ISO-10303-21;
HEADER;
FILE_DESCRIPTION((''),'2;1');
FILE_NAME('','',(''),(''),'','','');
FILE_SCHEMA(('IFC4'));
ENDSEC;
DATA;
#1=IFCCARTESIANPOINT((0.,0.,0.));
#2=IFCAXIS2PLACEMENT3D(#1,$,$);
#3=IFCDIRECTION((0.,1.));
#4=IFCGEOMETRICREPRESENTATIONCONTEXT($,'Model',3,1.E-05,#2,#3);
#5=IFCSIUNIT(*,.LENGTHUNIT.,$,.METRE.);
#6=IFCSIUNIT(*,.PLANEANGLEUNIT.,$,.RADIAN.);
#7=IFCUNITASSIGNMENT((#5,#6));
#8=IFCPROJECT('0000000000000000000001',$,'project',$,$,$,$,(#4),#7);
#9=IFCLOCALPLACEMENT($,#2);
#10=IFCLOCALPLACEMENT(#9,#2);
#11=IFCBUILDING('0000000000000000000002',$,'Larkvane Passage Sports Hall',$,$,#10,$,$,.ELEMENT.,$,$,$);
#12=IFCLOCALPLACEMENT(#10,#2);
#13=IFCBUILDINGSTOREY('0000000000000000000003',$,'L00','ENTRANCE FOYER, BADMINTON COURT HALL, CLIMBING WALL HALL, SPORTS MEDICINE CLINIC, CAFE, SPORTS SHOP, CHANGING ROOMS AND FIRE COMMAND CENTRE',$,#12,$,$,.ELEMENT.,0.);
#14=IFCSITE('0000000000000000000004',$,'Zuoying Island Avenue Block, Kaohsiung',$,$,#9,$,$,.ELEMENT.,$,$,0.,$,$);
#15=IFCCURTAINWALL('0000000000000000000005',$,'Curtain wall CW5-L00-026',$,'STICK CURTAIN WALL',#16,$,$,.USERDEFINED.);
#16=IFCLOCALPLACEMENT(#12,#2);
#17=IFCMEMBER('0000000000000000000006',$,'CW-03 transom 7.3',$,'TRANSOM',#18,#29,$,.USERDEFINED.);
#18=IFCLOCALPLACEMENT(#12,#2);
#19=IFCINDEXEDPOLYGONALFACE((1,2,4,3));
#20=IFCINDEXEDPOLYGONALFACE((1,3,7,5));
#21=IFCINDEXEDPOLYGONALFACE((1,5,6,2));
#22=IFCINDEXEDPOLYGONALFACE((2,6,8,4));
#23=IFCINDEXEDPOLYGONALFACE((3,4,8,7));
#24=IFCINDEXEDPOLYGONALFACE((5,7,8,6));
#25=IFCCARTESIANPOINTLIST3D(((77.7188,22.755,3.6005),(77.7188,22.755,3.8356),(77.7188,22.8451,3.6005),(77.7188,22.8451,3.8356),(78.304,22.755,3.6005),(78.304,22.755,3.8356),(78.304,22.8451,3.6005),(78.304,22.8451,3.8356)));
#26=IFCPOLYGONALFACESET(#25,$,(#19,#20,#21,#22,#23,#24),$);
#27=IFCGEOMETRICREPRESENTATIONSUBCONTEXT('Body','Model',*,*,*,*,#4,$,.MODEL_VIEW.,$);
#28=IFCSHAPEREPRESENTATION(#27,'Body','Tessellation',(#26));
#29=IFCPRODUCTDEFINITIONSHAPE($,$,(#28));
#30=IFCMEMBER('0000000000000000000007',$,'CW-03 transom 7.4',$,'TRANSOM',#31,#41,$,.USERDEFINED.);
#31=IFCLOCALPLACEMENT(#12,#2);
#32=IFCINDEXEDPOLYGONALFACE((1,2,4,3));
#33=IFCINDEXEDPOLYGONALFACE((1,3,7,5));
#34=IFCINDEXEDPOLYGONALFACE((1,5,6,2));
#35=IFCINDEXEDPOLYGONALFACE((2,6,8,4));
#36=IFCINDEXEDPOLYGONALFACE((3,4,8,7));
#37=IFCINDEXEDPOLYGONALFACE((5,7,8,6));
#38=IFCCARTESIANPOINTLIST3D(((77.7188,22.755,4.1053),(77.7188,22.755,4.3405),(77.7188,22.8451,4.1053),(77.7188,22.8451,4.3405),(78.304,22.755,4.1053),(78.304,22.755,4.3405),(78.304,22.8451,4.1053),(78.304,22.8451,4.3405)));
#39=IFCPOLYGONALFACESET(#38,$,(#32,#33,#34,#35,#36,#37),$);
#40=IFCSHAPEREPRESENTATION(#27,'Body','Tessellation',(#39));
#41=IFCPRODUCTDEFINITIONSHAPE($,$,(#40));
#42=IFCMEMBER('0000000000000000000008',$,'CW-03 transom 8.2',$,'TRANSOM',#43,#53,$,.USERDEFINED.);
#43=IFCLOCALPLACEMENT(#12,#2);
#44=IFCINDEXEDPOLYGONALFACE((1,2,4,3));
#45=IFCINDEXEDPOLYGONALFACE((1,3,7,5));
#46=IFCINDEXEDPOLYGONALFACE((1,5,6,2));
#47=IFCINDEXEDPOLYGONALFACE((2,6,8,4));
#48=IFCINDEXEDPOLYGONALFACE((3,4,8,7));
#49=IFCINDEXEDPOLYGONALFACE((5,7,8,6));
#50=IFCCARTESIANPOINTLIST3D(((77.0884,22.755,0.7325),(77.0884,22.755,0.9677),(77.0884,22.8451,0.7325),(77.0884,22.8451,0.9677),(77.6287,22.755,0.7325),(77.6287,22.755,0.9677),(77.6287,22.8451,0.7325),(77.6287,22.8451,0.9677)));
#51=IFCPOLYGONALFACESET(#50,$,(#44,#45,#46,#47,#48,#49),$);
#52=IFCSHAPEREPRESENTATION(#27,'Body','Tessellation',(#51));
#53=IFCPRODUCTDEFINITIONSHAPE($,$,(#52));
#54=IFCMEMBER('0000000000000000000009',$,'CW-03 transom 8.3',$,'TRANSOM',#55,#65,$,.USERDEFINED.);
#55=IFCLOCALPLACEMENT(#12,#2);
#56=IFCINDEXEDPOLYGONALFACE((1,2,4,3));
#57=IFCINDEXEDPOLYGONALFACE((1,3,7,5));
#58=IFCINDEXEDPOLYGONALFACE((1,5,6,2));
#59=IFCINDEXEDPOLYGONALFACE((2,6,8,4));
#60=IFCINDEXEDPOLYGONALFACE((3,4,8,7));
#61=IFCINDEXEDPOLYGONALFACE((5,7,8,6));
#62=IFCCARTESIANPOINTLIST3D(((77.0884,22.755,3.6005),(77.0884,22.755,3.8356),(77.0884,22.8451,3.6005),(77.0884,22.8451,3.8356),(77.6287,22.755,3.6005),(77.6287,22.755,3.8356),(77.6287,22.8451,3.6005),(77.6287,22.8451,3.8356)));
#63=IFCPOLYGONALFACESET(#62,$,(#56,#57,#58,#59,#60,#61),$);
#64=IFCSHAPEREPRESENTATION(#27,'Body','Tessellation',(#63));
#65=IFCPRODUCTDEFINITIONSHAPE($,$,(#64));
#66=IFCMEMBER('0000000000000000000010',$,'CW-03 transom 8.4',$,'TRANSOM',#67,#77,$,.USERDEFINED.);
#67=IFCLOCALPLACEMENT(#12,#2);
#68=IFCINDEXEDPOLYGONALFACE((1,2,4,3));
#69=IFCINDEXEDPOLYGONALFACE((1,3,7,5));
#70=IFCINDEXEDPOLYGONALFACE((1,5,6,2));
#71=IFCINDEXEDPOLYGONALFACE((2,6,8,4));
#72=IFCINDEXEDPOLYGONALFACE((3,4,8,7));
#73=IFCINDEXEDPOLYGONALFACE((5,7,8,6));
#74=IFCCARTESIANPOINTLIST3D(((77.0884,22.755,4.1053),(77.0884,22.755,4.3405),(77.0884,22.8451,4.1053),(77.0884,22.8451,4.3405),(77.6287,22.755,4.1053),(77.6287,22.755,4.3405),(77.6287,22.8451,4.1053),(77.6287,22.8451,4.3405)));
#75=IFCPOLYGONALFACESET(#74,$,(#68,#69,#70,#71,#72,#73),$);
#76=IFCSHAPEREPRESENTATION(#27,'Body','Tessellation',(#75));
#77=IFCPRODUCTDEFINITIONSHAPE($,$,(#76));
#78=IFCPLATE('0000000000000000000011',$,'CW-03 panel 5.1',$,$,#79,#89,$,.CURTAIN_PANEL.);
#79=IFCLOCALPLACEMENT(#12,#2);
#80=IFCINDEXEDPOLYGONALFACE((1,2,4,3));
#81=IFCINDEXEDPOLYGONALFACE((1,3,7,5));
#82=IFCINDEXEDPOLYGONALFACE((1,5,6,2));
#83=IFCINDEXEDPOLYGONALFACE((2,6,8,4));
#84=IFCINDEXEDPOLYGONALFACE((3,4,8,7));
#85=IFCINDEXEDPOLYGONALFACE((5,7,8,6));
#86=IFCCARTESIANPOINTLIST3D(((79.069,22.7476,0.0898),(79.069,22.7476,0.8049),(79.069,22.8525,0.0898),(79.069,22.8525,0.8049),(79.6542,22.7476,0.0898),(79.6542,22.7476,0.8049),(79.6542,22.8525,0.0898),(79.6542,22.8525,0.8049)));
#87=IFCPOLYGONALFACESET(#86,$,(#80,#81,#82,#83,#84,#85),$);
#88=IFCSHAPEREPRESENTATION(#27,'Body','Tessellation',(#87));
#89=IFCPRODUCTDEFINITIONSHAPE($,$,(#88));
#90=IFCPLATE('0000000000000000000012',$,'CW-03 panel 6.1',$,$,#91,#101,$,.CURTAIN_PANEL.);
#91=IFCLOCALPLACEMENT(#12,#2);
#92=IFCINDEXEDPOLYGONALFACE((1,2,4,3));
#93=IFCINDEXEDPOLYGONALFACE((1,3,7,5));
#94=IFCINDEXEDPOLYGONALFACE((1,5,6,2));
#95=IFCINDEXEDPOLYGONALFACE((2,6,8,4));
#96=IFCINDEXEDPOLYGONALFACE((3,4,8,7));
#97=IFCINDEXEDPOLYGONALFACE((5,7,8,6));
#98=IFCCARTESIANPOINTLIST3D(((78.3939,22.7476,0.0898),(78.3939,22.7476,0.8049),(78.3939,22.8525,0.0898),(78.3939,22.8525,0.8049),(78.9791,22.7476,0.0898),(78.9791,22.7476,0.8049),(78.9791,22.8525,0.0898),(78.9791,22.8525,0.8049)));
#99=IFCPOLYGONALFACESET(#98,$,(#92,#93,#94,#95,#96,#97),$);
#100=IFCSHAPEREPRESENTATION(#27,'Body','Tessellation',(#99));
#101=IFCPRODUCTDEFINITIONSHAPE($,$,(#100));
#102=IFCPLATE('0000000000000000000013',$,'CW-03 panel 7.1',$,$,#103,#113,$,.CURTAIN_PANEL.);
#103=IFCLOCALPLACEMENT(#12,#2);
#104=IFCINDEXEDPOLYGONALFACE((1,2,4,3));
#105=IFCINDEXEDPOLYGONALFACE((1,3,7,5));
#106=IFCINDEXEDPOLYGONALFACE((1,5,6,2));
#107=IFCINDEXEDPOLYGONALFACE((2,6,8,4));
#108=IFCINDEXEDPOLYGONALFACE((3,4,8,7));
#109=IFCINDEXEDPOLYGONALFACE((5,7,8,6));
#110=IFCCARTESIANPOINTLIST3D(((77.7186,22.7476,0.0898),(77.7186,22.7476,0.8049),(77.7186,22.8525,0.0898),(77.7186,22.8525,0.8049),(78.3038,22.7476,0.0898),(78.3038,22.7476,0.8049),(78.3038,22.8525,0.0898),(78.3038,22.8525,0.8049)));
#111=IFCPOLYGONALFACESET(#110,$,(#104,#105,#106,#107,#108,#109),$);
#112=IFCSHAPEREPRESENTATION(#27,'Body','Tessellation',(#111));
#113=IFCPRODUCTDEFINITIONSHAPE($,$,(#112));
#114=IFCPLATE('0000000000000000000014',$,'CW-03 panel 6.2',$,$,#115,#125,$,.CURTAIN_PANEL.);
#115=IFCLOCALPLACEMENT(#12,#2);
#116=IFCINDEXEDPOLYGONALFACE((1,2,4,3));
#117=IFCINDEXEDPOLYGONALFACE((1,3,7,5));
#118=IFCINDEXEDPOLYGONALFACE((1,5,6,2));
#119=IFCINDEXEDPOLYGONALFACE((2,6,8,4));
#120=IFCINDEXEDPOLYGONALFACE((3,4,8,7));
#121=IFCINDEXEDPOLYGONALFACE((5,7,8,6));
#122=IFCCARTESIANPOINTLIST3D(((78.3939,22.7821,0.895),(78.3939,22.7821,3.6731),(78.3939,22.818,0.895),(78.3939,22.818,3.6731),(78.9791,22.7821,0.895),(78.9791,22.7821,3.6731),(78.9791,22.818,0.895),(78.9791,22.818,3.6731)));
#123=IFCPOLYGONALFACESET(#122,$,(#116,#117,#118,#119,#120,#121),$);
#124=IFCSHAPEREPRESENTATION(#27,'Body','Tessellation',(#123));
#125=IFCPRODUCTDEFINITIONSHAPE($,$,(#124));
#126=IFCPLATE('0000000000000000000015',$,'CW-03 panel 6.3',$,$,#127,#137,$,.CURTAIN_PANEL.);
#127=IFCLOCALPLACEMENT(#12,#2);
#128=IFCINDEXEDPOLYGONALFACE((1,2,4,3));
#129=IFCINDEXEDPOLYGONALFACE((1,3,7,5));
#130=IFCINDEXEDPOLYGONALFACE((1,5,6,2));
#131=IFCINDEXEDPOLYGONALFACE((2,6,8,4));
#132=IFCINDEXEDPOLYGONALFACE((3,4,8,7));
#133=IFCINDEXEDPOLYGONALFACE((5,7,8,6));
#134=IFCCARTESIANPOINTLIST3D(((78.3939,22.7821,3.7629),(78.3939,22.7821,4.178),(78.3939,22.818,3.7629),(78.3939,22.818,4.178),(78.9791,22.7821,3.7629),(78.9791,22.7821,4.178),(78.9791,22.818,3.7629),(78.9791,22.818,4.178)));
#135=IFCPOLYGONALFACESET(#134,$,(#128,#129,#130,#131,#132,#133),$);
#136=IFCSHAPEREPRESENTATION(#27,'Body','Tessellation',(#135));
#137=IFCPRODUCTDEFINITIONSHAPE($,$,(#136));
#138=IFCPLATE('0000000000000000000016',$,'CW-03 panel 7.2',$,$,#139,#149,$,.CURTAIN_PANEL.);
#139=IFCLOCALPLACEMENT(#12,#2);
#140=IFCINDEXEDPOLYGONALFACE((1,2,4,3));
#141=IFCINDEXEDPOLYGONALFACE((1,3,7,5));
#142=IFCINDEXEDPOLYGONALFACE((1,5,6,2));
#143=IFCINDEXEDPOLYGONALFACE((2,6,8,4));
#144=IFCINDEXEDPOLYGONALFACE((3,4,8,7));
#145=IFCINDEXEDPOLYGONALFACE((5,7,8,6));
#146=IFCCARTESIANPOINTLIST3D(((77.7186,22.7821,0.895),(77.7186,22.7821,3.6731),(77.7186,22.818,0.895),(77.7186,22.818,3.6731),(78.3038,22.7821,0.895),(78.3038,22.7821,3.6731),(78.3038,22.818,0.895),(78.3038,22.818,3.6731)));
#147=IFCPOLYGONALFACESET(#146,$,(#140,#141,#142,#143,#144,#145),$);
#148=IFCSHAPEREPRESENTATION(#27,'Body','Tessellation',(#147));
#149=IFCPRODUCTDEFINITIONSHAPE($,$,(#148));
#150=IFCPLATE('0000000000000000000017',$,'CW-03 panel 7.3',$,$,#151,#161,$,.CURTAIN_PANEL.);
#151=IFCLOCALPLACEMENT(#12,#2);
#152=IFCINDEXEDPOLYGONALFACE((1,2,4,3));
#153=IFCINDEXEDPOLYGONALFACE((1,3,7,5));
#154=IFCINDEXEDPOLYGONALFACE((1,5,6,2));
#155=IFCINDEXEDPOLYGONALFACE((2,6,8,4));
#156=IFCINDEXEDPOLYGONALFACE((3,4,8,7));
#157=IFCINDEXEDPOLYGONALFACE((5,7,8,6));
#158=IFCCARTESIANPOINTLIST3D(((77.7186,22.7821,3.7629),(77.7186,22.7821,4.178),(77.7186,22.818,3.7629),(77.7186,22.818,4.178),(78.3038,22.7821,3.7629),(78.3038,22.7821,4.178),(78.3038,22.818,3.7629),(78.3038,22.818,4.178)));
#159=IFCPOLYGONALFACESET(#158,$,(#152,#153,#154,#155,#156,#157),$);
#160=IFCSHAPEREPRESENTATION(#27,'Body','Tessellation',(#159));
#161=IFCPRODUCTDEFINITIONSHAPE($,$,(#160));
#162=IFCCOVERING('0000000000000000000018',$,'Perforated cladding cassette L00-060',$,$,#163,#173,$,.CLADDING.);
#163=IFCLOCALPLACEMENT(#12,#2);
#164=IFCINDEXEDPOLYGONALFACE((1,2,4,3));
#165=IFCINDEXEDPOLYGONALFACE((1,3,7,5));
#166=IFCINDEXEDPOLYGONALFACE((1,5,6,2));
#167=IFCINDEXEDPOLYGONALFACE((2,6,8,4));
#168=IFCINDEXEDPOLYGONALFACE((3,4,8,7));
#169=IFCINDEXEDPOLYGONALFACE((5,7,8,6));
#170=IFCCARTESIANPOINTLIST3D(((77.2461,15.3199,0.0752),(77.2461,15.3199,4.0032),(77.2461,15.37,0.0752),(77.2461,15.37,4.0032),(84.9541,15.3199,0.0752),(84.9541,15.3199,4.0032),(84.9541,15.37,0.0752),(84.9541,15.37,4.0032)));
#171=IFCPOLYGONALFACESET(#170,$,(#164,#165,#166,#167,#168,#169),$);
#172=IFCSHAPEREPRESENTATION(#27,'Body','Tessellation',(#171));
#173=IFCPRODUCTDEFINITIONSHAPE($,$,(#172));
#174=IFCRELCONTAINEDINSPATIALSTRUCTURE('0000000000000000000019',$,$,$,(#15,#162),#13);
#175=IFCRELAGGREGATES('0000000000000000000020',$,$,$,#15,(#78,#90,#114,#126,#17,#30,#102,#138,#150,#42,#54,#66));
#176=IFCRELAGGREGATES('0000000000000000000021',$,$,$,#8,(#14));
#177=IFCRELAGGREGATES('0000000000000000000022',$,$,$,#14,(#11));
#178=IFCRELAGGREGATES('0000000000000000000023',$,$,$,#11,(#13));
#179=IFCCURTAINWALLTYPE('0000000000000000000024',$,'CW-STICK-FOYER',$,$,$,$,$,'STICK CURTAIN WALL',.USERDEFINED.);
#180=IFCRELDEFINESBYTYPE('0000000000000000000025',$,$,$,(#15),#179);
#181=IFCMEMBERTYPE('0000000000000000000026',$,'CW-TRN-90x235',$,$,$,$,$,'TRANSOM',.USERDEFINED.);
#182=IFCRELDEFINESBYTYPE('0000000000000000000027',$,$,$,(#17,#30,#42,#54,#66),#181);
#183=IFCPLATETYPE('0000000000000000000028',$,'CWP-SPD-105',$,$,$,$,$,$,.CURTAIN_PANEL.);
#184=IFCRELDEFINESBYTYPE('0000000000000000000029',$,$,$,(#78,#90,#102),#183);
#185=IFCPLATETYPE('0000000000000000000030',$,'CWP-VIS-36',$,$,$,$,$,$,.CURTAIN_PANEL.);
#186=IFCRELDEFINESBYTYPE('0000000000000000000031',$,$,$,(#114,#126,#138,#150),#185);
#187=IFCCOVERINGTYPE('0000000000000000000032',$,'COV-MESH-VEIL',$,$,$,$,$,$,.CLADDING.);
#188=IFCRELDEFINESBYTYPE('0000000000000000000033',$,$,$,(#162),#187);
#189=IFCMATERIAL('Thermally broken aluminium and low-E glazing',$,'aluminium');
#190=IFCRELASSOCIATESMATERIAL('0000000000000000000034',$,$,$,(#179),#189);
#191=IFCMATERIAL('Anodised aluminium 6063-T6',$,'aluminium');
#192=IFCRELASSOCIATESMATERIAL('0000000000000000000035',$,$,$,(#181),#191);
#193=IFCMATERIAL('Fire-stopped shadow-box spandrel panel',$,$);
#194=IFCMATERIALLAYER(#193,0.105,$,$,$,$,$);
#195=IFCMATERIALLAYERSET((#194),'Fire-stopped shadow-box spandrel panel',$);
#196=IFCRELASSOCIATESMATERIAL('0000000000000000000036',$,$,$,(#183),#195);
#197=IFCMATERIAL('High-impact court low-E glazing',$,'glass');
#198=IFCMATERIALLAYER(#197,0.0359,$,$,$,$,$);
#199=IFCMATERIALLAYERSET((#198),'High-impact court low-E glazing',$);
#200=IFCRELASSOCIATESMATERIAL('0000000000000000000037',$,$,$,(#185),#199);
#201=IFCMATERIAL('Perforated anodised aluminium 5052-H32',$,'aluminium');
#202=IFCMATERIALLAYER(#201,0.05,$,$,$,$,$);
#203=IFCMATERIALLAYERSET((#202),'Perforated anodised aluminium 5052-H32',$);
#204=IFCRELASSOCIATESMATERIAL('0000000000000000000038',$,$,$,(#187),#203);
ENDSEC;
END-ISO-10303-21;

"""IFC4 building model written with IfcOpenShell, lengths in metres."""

from ifc_helpers import new_model, si_unit, direction, frame, origin, origin_2d, place, context, subcontext, project, spatial, rectangle, extrude, material, layer, layer_set, material_profile, profile_set, type_object, element, aggregate, save


model = new_model("IFC4")

# Units and contexts
model_context = context("Model", 3, precision=1e-05, world=origin(), true_north=direction((0.0, 1.0)))
body_context = subcontext(model_context, "Body", "Model", "MODEL_VIEW")
ifc_project = project(units=[si_unit("LENGTHUNIT", "METRE"), si_unit("PLANEANGLEUNIT", "RADIAN")], contexts=[model_context])

# Site, building, storey
site_placement = place(None, origin())
site = spatial("IfcSite", under=ifc_project, at=site_placement, Name="Zuoying Island Avenue Block, Kaohsiung", CompositionType="ELEMENT", RefElevation=0.0)
building_placement = place(site_placement, origin())
building = spatial("IfcBuilding", under=site, at=building_placement, Name="Larkvane Passage Sports Hall", CompositionType="ELEMENT")
storey_placement = place(building_placement, origin())
storey = spatial("IfcBuildingStorey", under=building, at=storey_placement, Name="L00", Description="ENTRANCE FOYER, BADMINTON COURT HALL, CLIMBING WALL HALL, SPORTS MEDICINE CLINIC, CAFE, SPORTS SHOP, CHANGING ROOMS AND FIRE COMMAND CENTRE", CompositionType="ELEMENT", Elevation=0.0)

# Curtain wall, members, plates
ifc_material_1 = material(Name="Thermally broken aluminium and low-E glazing", Category="aluminium")
curtain_wall_type = type_object("IfcCurtainWallType", Name="CW-STICK-FOYER", ElementType="STICK CURTAIN WALL", PredefinedType="USERDEFINED", material=ifc_material_1)
curtain_wall_placement = place(storey_placement, origin())
curtain_wall = element("IfcCurtainWall", 1, at=curtain_wall_placement, inside=storey, type_object=curtain_wall_type, Name="Curtain wall CW5-L00-026", ObjectType="STICK CURTAIN WALL", PredefinedType="USERDEFINED")
ifc_material_2 = material(Name="Anodised aluminium 6063-T6", Category="aluminium")
ifc_material_profile_1 = material_profile(ifc_material_2, rectangle(XDim=0.0901, YDim=0.2351, at=origin_2d()), Name="ALU-TRN-90x235")
ifc_profile_set_1 = profile_set([ifc_material_profile_1], Name="Anodised aluminium 6063-T6")
member_type_1 = type_object("IfcMemberType", Name="CW-TRN-90x235", ElementType="TRANSOM", PredefinedType="USERDEFINED", material=ifc_profile_set_1)
member_1_placement = place(storey_placement, frame((78.304, 22.8, 3.718), z_axis=(-1.0, 0.0, 0.0), x_axis=(0.0, -1.0, 0.0)))
member_1 = element("IfcMember", 2, at=member_1_placement, type_object=member_type_1, Name="CW-03 transom 7.3", ObjectType="TRANSOM", PredefinedType="USERDEFINED", context=body_context, shape_type="SweptSolid", body=[
    extrude(rectangle(XDim=0.0901, YDim=0.2351, at=origin_2d()), origin(), (0.0, 0.0, 1.0), 0.5852),
])
member_2_placement = place(storey_placement, frame((78.304, 22.8, 4.2229), z_axis=(-1.0, 0.0, 0.0), x_axis=(0.0, -1.0, 0.0)))
member_2 = element("IfcMember", 3, at=member_2_placement, type_object=member_type_1, Name="CW-03 transom 7.4", ObjectType="TRANSOM", PredefinedType="USERDEFINED", context=body_context, shape_type="SweptSolid", body=[
    extrude(rectangle(XDim=0.0901, YDim=0.2351, at=origin_2d()), origin(), (0.0, 0.0, 1.0), 0.5852),
])
member_3_placement = place(storey_placement, frame((77.6287, 22.8, 0.8501), z_axis=(-1.0, 0.0, 0.0), x_axis=(0.0, -1.0, 0.0)))
member_3 = element("IfcMember", 4, at=member_3_placement, type_object=member_type_1, Name="CW-03 transom 8.2", ObjectType="TRANSOM", PredefinedType="USERDEFINED", context=body_context, shape_type="SweptSolid", body=[
    extrude(rectangle(XDim=0.0901, YDim=0.2351, at=origin_2d()), origin(), (0.0, 0.0, 1.0), 0.5403),
])
member_4_placement = place(storey_placement, frame((77.6287, 22.8, 3.718), z_axis=(-1.0, 0.0, 0.0), x_axis=(0.0, -1.0, 0.0)))
member_4 = element("IfcMember", 5, at=member_4_placement, type_object=member_type_1, Name="CW-03 transom 8.3", ObjectType="TRANSOM", PredefinedType="USERDEFINED", context=body_context, shape_type="SweptSolid", body=[
    extrude(rectangle(XDim=0.0901, YDim=0.2351, at=origin_2d()), origin(), (0.0, 0.0, 1.0), 0.5403),
])
member_5_placement = place(storey_placement, frame((77.6287, 22.8, 4.2229), z_axis=(-1.0, 0.0, 0.0), x_axis=(0.0, -1.0, 0.0)))
member_5 = element("IfcMember", 6, at=member_5_placement, type_object=member_type_1, Name="CW-03 transom 8.4", ObjectType="TRANSOM", PredefinedType="USERDEFINED", context=body_context, shape_type="SweptSolid", body=[
    extrude(rectangle(XDim=0.0901, YDim=0.2351, at=origin_2d()), origin(), (0.0, 0.0, 1.0), 0.5403),
])
ifc_material_3 = material(Name="Fire-stopped shadow-box spandrel panel")
ifc_layer_1 = layer(ifc_material_3, 0.105)
ifc_layer_set_1 = layer_set([ifc_layer_1], Name="Fire-stopped shadow-box spandrel panel")
plate_type_1 = type_object("IfcPlateType", Name="CWP-SPD-105", PredefinedType="CURTAIN_PANEL", material=ifc_layer_set_1)
plate_1_placement = place(storey_placement, frame((79.3616, 22.8, 0.0898), z_axis=(0.0, 0.0, 1.0), x_axis=(-1.0, 0.0, 0.0)))
plate_1 = element("IfcPlate", 7, at=plate_1_placement, type_object=plate_type_1, Name="CW-03 panel 5.1", PredefinedType="CURTAIN_PANEL", context=body_context, shape_type="SweptSolid", body=[
    extrude(rectangle(XDim=0.5852, YDim=0.105, at=origin_2d()), origin(), (0.0, 0.0, 1.0), 0.7151),
])
plate_2_placement = place(storey_placement, frame((78.6865, 22.8, 0.0898), z_axis=(0.0, 0.0, 1.0), x_axis=(-1.0, 0.0, 0.0)))
plate_2 = element("IfcPlate", 8, at=plate_2_placement, type_object=plate_type_1, Name="CW-03 panel 6.1", PredefinedType="CURTAIN_PANEL", context=body_context, shape_type="SweptSolid", body=[
    extrude(rectangle(XDim=0.5852, YDim=0.105, at=origin_2d()), origin(), (0.0, 0.0, 1.0), 0.7151),
])
plate_3_placement = place(storey_placement, frame((78.0112, 22.8, 0.0898), z_axis=(0.0, 0.0, 1.0), x_axis=(-1.0, 0.0, 0.0)))
plate_3 = element("IfcPlate", 9, at=plate_3_placement, type_object=plate_type_1, Name="CW-03 panel 7.1", PredefinedType="CURTAIN_PANEL", context=body_context, shape_type="SweptSolid", body=[
    extrude(rectangle(XDim=0.5852, YDim=0.105, at=origin_2d()), origin(), (0.0, 0.0, 1.0), 0.7151),
])
ifc_material_4 = material(Name="High-impact court low-E glazing", Category="glass")
ifc_layer_2 = layer(ifc_material_4, 0.0359)
ifc_layer_set_2 = layer_set([ifc_layer_2], Name="High-impact court low-E glazing")
plate_type_2 = type_object("IfcPlateType", Name="CWP-VIS-36", PredefinedType="CURTAIN_PANEL", material=ifc_layer_set_2)
plate_4_placement = place(storey_placement, frame((78.6865, 22.8, 0.895), z_axis=(0.0, 0.0, 1.0), x_axis=(-1.0, 0.0, 0.0)))
plate_4 = element("IfcPlate", 10, at=plate_4_placement, type_object=plate_type_2, Name="CW-03 panel 6.2", PredefinedType="CURTAIN_PANEL", context=body_context, shape_type="SweptSolid", body=[
    extrude(rectangle(XDim=0.5852, YDim=0.0359, at=origin_2d()), origin(), (0.0, 0.0, 1.0), 2.7781),
])
plate_5_placement = place(storey_placement, frame((78.6865, 22.8, 3.7629), z_axis=(0.0, 0.0, 1.0), x_axis=(-1.0, 0.0, 0.0)))
plate_5 = element("IfcPlate", 11, at=plate_5_placement, type_object=plate_type_2, Name="CW-03 panel 6.3", PredefinedType="CURTAIN_PANEL", context=body_context, shape_type="SweptSolid", body=[
    extrude(rectangle(XDim=0.5852, YDim=0.0359, at=origin_2d()), origin(), (0.0, 0.0, 1.0), 0.415),
])
plate_6_placement = place(storey_placement, frame((78.0112, 22.8, 0.895), z_axis=(0.0, 0.0, 1.0), x_axis=(-1.0, 0.0, 0.0)))
plate_6 = element("IfcPlate", 12, at=plate_6_placement, type_object=plate_type_2, Name="CW-03 panel 7.2", PredefinedType="CURTAIN_PANEL", context=body_context, shape_type="SweptSolid", body=[
    extrude(rectangle(XDim=0.5852, YDim=0.0359, at=origin_2d()), origin(), (0.0, 0.0, 1.0), 2.7781),
])
plate_7_placement = place(storey_placement, frame((78.0112, 22.8, 3.7629), z_axis=(0.0, 0.0, 1.0), x_axis=(-1.0, 0.0, 0.0)))
plate_7 = element("IfcPlate", 13, at=plate_7_placement, type_object=plate_type_2, Name="CW-03 panel 7.3", PredefinedType="CURTAIN_PANEL", context=body_context, shape_type="SweptSolid", body=[
    extrude(rectangle(XDim=0.5852, YDim=0.0359, at=origin_2d()), origin(), (0.0, 0.0, 1.0), 0.415),
])
aggregate(curtain_wall, [plate_1, plate_2, plate_4, plate_5, member_1, member_2, plate_3, plate_6, plate_7, member_3, member_4, member_5])

# Covering
ifc_material_5 = material(Name="Perforated anodised aluminium 5052-H32", Category="aluminium")
ifc_layer_3 = layer(ifc_material_5, 0.05)
ifc_layer_set_3 = layer_set([ifc_layer_3], Name="Perforated anodised aluminium 5052-H32")
covering_type = type_object("IfcCoveringType", Name="COV-MESH-VEIL", PredefinedType="CLADDING", material=ifc_layer_set_3)
covering_placement = place(storey_placement, frame((81.1001, 15.345, 0.0752), z_axis=(0.0, 0.0, 1.0), x_axis=(1.0, 0.0, 0.0)))
element("IfcCovering", 14, at=covering_placement, inside=storey, type_object=covering_type, Name="Perforated cladding cassette L00-060", PredefinedType="CLADDING", context=body_context, shape_type="SweptSolid", body=[
    extrude(rectangle(XDim=7.708, YDim=0.05, at=origin_2d()), origin(), (0.0, 0.0, 1.0), 3.928),
])

save(model, "model.ifc")
